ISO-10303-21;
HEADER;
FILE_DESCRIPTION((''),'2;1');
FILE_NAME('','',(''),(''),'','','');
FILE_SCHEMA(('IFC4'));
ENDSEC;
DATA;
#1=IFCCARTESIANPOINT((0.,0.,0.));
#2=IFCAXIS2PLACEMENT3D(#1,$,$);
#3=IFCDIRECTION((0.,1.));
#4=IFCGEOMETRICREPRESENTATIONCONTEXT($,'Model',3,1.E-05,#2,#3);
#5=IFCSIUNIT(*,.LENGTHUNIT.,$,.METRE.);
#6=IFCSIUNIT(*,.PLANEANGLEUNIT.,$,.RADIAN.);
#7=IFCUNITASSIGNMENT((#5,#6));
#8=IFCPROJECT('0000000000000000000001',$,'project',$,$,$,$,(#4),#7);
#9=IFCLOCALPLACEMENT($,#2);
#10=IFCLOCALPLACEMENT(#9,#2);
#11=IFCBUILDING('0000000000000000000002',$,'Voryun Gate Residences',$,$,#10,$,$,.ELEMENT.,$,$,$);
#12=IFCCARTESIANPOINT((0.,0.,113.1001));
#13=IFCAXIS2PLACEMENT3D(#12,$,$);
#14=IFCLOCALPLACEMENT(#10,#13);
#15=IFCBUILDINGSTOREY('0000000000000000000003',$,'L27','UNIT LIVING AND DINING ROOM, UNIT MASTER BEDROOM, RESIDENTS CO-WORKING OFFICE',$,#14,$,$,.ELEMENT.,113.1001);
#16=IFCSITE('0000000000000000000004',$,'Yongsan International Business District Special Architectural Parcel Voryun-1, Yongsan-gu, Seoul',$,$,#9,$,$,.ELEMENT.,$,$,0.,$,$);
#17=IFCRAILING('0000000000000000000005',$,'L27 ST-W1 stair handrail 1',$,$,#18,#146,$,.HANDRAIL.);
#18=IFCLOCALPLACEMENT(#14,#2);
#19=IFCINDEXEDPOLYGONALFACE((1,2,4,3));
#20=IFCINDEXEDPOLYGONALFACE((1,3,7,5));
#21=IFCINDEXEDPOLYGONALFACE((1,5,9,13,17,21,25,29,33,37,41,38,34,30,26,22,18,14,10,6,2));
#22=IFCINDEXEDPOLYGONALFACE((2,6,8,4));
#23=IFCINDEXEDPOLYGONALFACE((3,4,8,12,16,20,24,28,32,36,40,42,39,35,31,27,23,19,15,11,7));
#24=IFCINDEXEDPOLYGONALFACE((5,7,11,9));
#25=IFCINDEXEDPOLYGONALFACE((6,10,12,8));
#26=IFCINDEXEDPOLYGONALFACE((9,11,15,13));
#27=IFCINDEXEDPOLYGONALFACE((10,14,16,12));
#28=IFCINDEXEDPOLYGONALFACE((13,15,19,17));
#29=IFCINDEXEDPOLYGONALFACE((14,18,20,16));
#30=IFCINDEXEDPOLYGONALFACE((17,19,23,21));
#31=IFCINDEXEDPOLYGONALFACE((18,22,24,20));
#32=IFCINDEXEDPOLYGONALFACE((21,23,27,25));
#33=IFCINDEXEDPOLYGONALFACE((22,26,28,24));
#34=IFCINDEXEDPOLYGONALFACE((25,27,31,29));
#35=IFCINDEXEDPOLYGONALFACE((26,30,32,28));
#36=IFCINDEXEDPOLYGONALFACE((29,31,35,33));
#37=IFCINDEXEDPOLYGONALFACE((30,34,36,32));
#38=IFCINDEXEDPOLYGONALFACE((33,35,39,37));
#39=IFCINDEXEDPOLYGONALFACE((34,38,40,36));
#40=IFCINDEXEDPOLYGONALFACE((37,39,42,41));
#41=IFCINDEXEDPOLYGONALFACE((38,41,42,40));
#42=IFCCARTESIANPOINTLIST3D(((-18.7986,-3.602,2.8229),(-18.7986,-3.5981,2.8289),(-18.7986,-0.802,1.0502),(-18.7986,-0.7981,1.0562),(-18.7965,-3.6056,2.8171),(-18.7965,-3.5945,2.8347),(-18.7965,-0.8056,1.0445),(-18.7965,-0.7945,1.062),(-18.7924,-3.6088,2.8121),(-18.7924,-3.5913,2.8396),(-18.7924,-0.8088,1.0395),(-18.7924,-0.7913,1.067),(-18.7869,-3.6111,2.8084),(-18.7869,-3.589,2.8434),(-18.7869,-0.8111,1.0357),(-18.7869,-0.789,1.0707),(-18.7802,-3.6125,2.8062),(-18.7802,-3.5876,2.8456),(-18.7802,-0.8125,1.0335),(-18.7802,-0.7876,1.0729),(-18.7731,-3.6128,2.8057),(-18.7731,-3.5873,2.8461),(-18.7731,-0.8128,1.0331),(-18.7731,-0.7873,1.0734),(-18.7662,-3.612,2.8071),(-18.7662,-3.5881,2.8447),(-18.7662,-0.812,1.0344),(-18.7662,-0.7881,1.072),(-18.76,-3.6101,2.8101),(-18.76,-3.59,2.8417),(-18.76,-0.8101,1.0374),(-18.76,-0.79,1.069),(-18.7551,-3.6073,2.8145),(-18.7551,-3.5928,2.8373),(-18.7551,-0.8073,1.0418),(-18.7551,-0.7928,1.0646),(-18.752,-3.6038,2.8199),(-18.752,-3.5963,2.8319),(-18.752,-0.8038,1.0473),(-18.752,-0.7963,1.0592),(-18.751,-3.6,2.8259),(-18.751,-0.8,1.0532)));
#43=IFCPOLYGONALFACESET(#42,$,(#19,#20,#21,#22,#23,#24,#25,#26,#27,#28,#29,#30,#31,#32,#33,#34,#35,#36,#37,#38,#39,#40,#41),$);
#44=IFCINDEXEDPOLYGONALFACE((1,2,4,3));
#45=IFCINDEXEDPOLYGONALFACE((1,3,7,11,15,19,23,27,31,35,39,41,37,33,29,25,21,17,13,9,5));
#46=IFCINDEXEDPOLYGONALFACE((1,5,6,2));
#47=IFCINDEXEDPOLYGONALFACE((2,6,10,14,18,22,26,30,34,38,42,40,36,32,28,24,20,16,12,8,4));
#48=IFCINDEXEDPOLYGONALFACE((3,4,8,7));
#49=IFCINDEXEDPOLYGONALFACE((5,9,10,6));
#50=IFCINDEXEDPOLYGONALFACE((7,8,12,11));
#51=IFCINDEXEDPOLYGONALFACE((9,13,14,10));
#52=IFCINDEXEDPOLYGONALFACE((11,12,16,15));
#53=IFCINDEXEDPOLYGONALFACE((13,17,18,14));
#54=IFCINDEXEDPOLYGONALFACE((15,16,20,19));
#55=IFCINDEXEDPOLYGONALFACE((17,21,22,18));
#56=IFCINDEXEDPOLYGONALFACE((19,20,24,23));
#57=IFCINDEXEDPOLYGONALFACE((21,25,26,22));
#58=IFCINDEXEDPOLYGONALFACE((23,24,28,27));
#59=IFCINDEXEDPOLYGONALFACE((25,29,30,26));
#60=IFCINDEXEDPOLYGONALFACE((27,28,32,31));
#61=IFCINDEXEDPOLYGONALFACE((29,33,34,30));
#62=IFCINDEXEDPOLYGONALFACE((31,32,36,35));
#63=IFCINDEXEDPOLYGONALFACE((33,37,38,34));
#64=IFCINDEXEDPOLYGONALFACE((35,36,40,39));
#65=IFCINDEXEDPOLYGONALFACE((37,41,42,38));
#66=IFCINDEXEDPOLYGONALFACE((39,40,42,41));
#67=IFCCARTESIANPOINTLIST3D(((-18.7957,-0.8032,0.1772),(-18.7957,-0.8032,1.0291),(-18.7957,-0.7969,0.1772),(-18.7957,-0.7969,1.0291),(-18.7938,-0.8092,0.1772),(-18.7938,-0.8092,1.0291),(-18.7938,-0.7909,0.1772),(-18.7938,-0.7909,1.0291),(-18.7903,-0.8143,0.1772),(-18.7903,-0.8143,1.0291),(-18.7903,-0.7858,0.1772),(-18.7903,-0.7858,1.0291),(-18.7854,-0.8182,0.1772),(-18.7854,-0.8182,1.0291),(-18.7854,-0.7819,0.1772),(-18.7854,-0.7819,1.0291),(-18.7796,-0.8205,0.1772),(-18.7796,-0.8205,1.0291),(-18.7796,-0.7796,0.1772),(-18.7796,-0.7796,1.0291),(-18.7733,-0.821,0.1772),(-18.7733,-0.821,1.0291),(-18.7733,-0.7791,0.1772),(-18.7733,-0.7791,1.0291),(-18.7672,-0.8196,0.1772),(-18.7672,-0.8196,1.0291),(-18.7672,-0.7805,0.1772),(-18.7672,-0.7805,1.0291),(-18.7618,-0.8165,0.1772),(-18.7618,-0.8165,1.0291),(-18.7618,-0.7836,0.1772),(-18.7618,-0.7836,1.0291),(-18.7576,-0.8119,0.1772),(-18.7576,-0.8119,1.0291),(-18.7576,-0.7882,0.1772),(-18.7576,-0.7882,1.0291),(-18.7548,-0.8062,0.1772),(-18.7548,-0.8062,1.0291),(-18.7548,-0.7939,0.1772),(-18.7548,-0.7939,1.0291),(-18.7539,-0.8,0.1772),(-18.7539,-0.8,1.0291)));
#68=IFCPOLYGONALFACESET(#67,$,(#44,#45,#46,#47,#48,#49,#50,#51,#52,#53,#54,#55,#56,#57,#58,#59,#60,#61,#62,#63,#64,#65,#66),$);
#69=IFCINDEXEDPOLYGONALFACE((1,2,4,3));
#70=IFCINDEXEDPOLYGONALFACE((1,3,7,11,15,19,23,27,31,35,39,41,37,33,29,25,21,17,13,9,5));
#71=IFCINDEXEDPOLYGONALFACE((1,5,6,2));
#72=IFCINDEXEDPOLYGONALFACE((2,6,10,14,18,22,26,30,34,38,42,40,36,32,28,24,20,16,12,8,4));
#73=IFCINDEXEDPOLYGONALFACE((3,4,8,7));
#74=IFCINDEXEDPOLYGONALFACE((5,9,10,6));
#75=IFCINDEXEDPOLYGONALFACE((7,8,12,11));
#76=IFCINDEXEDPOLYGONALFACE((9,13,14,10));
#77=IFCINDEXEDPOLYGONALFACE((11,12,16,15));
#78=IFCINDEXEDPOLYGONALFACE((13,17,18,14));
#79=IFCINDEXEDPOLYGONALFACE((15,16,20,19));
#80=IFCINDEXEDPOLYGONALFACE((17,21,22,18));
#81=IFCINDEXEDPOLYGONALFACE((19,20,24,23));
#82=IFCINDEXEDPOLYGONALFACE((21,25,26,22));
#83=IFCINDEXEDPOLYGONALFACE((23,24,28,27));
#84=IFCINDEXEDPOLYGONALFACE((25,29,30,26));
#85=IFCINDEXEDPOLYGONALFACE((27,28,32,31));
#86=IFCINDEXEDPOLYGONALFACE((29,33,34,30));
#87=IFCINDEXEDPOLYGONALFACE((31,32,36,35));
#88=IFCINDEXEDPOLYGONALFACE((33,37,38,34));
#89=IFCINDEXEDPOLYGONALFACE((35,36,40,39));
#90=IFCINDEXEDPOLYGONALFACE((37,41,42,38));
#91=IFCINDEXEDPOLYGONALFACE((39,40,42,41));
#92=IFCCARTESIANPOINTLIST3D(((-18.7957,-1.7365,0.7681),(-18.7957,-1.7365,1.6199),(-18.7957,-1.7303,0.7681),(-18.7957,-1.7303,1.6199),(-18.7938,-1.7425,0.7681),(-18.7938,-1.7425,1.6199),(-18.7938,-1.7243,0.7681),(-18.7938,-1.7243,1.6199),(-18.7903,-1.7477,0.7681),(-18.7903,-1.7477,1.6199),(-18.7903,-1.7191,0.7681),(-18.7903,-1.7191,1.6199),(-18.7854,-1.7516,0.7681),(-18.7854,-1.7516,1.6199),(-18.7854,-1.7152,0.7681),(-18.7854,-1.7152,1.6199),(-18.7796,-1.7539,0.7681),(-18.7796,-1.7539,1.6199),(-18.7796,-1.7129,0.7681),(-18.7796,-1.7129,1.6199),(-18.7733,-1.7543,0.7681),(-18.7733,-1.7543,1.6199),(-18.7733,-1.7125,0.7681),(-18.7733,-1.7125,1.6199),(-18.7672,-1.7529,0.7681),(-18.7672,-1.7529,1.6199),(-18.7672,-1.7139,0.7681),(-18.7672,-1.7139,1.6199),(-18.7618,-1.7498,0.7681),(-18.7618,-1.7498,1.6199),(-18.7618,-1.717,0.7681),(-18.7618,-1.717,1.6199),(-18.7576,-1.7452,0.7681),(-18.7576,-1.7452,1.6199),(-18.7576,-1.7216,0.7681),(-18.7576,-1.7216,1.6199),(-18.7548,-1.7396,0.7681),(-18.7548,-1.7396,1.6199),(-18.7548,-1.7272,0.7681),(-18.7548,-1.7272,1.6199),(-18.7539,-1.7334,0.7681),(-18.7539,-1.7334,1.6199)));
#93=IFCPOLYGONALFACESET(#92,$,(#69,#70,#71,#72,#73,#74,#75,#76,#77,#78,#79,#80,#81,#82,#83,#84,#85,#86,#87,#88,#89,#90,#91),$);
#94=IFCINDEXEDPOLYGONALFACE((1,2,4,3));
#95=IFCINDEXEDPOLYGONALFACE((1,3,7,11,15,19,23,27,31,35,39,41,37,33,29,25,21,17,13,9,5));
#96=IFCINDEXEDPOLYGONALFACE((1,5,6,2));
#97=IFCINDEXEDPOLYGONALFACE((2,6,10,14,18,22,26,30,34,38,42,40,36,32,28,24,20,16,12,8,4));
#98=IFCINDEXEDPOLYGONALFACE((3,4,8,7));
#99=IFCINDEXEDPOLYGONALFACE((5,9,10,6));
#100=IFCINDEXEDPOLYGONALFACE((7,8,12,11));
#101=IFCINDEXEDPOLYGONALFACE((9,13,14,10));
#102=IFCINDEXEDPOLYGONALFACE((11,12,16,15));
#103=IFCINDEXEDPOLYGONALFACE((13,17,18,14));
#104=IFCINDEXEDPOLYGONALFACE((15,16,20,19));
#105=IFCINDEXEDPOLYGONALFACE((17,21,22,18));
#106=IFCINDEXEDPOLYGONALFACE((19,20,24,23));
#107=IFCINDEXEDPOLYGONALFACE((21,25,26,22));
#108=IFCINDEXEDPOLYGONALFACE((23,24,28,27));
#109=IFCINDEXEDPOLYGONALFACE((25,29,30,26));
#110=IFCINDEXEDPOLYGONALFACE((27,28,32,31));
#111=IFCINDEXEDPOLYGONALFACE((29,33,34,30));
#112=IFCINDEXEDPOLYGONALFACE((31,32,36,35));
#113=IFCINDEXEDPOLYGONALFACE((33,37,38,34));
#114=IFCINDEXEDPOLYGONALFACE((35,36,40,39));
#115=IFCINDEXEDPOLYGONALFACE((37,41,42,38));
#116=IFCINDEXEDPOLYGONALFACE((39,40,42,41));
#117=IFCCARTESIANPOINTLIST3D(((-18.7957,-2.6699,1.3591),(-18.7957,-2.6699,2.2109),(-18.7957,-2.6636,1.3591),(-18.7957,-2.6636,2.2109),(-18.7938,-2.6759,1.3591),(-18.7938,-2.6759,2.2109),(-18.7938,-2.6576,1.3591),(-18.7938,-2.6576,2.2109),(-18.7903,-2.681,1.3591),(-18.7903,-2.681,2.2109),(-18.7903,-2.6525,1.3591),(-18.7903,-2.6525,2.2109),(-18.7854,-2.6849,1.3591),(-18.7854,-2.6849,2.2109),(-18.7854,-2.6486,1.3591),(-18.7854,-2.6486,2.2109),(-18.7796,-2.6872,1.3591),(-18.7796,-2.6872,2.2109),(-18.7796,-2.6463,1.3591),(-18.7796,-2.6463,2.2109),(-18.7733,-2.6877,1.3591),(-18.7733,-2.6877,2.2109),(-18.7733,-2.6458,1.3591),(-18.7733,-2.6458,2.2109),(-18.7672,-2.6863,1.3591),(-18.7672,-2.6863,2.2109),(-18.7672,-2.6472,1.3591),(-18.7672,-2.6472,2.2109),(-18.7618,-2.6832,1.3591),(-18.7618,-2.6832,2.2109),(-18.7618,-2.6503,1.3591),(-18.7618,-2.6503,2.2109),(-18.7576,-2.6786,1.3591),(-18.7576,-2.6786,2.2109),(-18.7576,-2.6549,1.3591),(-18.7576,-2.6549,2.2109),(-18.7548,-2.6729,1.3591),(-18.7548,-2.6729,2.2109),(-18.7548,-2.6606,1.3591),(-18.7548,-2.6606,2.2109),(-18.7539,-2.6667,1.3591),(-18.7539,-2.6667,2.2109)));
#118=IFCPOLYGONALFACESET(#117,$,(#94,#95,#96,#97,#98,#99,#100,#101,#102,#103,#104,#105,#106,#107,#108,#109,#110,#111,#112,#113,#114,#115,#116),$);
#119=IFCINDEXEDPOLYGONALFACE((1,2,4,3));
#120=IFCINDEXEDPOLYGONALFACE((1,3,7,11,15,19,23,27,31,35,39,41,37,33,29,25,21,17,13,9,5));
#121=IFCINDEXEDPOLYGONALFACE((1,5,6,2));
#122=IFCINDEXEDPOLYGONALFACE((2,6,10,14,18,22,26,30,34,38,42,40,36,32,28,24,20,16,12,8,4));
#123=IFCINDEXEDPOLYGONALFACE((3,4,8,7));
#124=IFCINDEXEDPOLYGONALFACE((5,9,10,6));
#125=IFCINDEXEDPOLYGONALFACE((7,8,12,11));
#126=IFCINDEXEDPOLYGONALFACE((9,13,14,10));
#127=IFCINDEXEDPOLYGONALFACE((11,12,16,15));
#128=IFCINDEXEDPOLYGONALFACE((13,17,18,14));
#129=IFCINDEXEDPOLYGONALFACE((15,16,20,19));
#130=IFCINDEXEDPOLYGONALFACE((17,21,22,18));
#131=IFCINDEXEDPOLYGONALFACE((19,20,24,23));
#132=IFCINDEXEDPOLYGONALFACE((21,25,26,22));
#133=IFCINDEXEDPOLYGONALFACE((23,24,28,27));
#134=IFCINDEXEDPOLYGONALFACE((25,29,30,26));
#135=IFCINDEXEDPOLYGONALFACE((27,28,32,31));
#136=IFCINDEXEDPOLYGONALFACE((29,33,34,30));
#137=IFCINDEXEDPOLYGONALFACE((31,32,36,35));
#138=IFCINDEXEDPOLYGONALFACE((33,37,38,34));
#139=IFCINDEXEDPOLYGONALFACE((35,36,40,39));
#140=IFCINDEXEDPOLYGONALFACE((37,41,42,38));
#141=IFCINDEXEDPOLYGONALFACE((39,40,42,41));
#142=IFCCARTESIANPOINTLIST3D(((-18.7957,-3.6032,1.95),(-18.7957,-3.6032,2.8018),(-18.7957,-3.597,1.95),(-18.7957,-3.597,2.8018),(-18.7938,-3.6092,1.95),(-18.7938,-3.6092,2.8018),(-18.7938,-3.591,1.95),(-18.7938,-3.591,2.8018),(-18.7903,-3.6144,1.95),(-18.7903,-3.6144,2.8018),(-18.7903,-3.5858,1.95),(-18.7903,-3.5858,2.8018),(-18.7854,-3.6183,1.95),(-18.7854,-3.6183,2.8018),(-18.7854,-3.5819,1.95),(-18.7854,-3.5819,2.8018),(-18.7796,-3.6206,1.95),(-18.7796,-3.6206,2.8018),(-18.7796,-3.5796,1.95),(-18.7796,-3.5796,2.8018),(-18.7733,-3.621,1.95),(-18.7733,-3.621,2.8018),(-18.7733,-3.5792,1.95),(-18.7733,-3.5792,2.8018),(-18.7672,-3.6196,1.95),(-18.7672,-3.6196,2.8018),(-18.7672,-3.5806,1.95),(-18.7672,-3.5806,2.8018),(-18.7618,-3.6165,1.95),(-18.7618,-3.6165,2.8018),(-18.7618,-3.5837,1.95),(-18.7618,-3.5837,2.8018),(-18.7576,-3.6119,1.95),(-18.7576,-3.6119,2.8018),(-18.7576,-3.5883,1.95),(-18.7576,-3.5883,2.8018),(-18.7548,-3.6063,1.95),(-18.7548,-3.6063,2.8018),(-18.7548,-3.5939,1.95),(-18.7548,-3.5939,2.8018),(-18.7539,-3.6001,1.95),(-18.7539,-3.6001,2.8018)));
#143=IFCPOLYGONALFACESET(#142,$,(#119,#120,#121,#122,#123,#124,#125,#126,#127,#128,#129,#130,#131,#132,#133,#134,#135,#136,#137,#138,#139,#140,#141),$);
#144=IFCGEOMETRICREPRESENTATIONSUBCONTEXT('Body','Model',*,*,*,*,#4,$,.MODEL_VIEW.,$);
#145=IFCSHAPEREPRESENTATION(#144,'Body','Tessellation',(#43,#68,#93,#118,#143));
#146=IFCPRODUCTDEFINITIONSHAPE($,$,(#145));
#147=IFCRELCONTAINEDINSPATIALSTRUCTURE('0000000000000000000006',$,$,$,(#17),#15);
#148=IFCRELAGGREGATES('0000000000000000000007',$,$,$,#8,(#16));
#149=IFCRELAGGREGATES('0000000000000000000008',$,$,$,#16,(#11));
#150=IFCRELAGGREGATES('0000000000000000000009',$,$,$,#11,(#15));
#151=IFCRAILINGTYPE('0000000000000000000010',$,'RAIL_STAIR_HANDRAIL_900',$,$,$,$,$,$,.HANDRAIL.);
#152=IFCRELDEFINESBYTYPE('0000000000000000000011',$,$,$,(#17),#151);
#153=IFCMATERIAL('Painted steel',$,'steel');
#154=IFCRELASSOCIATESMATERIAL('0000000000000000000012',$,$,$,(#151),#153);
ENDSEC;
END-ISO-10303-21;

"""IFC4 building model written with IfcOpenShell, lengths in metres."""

from ifc_helpers import new_model, si_unit, direction, frame, origin, origin_2d, place, context, subcontext, project, spatial, circle, extrude, material, type_object, element, save


model = new_model("IFC4")

# Units and contexts
model_context = context("Model", 3, precision=1e-05, world=origin(), true_north=direction((0.0, 1.0)))
body_context = subcontext(model_context, "Body", "Model", "MODEL_VIEW")
ifc_project = project(units=[si_unit("LENGTHUNIT", "METRE"), si_unit("PLANEANGLEUNIT", "RADIAN")], contexts=[model_context])

# Site, building, storey
site_placement = place(None, origin())
site = spatial("IfcSite", under=ifc_project, at=site_placement, Name="Yongsan International Business District Special Architectural Parcel Voryun-1, Yongsan-gu, Seoul", CompositionType="ELEMENT", RefElevation=0.0)
building_placement = place(site_placement, origin())
building = spatial("IfcBuilding", under=site, at=building_placement, Name="Voryun Gate Residences", CompositionType="ELEMENT")
storey_placement = place(building_placement, frame((0.0, 0.0, 113.1001)))
storey = spatial("IfcBuildingStorey", under=building, at=storey_placement, Name="L27", Description="UNIT LIVING AND DINING ROOM, UNIT MASTER BEDROOM, RESIDENTS CO-WORKING OFFICE", CompositionType="ELEMENT", Elevation=113.1001)

# Railing
ifc_material_1 = material(Name="Painted steel", Category="steel")
railing_type_1 = type_object("IfcRailingType", Name="RAIL_STAIR_HANDRAIL_900", PredefinedType="HANDRAIL", material=ifc_material_1)
railing_1_placement = place(storey_placement, frame((-18.7749, -0.8, 0.1772)))
element("IfcRailing", 1, at=railing_1_placement, inside=storey, type_object=railing_type_1, Name="L27 ST-W1 stair handrail 1", PredefinedType="HANDRAIL", context=body_context, shape_type="SweptSolid", body=[
    extrude(circle(Radius=0.0239, at=origin_2d()), frame((0.0, 0.0, 0.876), z_axis=(0.0, -0.844909, 0.53491), x_axis=(1.0, 0.0, 0.0)), (0.0, 0.0, 1.0), 3.314),
    extrude(circle(Radius=0.021, at=origin_2d()), origin(), (0.0, 0.0, 1.0), 0.8518),
    extrude(circle(Radius=0.021, at=origin_2d()), frame((0.0, -0.9333, 0.5908)), (0.0, 0.0, 1.0), 0.8518),
    extrude(circle(Radius=0.021, at=origin_2d()), frame((0.0, -1.8667, 1.1819)), (0.0, 0.0, 1.0), 0.8518),
    extrude(circle(Radius=0.021, at=origin_2d()), frame((0.0, -2.8, 1.7727)), (0.0, 0.0, 1.0), 0.8518),
])

save(model, "model.ifc")
